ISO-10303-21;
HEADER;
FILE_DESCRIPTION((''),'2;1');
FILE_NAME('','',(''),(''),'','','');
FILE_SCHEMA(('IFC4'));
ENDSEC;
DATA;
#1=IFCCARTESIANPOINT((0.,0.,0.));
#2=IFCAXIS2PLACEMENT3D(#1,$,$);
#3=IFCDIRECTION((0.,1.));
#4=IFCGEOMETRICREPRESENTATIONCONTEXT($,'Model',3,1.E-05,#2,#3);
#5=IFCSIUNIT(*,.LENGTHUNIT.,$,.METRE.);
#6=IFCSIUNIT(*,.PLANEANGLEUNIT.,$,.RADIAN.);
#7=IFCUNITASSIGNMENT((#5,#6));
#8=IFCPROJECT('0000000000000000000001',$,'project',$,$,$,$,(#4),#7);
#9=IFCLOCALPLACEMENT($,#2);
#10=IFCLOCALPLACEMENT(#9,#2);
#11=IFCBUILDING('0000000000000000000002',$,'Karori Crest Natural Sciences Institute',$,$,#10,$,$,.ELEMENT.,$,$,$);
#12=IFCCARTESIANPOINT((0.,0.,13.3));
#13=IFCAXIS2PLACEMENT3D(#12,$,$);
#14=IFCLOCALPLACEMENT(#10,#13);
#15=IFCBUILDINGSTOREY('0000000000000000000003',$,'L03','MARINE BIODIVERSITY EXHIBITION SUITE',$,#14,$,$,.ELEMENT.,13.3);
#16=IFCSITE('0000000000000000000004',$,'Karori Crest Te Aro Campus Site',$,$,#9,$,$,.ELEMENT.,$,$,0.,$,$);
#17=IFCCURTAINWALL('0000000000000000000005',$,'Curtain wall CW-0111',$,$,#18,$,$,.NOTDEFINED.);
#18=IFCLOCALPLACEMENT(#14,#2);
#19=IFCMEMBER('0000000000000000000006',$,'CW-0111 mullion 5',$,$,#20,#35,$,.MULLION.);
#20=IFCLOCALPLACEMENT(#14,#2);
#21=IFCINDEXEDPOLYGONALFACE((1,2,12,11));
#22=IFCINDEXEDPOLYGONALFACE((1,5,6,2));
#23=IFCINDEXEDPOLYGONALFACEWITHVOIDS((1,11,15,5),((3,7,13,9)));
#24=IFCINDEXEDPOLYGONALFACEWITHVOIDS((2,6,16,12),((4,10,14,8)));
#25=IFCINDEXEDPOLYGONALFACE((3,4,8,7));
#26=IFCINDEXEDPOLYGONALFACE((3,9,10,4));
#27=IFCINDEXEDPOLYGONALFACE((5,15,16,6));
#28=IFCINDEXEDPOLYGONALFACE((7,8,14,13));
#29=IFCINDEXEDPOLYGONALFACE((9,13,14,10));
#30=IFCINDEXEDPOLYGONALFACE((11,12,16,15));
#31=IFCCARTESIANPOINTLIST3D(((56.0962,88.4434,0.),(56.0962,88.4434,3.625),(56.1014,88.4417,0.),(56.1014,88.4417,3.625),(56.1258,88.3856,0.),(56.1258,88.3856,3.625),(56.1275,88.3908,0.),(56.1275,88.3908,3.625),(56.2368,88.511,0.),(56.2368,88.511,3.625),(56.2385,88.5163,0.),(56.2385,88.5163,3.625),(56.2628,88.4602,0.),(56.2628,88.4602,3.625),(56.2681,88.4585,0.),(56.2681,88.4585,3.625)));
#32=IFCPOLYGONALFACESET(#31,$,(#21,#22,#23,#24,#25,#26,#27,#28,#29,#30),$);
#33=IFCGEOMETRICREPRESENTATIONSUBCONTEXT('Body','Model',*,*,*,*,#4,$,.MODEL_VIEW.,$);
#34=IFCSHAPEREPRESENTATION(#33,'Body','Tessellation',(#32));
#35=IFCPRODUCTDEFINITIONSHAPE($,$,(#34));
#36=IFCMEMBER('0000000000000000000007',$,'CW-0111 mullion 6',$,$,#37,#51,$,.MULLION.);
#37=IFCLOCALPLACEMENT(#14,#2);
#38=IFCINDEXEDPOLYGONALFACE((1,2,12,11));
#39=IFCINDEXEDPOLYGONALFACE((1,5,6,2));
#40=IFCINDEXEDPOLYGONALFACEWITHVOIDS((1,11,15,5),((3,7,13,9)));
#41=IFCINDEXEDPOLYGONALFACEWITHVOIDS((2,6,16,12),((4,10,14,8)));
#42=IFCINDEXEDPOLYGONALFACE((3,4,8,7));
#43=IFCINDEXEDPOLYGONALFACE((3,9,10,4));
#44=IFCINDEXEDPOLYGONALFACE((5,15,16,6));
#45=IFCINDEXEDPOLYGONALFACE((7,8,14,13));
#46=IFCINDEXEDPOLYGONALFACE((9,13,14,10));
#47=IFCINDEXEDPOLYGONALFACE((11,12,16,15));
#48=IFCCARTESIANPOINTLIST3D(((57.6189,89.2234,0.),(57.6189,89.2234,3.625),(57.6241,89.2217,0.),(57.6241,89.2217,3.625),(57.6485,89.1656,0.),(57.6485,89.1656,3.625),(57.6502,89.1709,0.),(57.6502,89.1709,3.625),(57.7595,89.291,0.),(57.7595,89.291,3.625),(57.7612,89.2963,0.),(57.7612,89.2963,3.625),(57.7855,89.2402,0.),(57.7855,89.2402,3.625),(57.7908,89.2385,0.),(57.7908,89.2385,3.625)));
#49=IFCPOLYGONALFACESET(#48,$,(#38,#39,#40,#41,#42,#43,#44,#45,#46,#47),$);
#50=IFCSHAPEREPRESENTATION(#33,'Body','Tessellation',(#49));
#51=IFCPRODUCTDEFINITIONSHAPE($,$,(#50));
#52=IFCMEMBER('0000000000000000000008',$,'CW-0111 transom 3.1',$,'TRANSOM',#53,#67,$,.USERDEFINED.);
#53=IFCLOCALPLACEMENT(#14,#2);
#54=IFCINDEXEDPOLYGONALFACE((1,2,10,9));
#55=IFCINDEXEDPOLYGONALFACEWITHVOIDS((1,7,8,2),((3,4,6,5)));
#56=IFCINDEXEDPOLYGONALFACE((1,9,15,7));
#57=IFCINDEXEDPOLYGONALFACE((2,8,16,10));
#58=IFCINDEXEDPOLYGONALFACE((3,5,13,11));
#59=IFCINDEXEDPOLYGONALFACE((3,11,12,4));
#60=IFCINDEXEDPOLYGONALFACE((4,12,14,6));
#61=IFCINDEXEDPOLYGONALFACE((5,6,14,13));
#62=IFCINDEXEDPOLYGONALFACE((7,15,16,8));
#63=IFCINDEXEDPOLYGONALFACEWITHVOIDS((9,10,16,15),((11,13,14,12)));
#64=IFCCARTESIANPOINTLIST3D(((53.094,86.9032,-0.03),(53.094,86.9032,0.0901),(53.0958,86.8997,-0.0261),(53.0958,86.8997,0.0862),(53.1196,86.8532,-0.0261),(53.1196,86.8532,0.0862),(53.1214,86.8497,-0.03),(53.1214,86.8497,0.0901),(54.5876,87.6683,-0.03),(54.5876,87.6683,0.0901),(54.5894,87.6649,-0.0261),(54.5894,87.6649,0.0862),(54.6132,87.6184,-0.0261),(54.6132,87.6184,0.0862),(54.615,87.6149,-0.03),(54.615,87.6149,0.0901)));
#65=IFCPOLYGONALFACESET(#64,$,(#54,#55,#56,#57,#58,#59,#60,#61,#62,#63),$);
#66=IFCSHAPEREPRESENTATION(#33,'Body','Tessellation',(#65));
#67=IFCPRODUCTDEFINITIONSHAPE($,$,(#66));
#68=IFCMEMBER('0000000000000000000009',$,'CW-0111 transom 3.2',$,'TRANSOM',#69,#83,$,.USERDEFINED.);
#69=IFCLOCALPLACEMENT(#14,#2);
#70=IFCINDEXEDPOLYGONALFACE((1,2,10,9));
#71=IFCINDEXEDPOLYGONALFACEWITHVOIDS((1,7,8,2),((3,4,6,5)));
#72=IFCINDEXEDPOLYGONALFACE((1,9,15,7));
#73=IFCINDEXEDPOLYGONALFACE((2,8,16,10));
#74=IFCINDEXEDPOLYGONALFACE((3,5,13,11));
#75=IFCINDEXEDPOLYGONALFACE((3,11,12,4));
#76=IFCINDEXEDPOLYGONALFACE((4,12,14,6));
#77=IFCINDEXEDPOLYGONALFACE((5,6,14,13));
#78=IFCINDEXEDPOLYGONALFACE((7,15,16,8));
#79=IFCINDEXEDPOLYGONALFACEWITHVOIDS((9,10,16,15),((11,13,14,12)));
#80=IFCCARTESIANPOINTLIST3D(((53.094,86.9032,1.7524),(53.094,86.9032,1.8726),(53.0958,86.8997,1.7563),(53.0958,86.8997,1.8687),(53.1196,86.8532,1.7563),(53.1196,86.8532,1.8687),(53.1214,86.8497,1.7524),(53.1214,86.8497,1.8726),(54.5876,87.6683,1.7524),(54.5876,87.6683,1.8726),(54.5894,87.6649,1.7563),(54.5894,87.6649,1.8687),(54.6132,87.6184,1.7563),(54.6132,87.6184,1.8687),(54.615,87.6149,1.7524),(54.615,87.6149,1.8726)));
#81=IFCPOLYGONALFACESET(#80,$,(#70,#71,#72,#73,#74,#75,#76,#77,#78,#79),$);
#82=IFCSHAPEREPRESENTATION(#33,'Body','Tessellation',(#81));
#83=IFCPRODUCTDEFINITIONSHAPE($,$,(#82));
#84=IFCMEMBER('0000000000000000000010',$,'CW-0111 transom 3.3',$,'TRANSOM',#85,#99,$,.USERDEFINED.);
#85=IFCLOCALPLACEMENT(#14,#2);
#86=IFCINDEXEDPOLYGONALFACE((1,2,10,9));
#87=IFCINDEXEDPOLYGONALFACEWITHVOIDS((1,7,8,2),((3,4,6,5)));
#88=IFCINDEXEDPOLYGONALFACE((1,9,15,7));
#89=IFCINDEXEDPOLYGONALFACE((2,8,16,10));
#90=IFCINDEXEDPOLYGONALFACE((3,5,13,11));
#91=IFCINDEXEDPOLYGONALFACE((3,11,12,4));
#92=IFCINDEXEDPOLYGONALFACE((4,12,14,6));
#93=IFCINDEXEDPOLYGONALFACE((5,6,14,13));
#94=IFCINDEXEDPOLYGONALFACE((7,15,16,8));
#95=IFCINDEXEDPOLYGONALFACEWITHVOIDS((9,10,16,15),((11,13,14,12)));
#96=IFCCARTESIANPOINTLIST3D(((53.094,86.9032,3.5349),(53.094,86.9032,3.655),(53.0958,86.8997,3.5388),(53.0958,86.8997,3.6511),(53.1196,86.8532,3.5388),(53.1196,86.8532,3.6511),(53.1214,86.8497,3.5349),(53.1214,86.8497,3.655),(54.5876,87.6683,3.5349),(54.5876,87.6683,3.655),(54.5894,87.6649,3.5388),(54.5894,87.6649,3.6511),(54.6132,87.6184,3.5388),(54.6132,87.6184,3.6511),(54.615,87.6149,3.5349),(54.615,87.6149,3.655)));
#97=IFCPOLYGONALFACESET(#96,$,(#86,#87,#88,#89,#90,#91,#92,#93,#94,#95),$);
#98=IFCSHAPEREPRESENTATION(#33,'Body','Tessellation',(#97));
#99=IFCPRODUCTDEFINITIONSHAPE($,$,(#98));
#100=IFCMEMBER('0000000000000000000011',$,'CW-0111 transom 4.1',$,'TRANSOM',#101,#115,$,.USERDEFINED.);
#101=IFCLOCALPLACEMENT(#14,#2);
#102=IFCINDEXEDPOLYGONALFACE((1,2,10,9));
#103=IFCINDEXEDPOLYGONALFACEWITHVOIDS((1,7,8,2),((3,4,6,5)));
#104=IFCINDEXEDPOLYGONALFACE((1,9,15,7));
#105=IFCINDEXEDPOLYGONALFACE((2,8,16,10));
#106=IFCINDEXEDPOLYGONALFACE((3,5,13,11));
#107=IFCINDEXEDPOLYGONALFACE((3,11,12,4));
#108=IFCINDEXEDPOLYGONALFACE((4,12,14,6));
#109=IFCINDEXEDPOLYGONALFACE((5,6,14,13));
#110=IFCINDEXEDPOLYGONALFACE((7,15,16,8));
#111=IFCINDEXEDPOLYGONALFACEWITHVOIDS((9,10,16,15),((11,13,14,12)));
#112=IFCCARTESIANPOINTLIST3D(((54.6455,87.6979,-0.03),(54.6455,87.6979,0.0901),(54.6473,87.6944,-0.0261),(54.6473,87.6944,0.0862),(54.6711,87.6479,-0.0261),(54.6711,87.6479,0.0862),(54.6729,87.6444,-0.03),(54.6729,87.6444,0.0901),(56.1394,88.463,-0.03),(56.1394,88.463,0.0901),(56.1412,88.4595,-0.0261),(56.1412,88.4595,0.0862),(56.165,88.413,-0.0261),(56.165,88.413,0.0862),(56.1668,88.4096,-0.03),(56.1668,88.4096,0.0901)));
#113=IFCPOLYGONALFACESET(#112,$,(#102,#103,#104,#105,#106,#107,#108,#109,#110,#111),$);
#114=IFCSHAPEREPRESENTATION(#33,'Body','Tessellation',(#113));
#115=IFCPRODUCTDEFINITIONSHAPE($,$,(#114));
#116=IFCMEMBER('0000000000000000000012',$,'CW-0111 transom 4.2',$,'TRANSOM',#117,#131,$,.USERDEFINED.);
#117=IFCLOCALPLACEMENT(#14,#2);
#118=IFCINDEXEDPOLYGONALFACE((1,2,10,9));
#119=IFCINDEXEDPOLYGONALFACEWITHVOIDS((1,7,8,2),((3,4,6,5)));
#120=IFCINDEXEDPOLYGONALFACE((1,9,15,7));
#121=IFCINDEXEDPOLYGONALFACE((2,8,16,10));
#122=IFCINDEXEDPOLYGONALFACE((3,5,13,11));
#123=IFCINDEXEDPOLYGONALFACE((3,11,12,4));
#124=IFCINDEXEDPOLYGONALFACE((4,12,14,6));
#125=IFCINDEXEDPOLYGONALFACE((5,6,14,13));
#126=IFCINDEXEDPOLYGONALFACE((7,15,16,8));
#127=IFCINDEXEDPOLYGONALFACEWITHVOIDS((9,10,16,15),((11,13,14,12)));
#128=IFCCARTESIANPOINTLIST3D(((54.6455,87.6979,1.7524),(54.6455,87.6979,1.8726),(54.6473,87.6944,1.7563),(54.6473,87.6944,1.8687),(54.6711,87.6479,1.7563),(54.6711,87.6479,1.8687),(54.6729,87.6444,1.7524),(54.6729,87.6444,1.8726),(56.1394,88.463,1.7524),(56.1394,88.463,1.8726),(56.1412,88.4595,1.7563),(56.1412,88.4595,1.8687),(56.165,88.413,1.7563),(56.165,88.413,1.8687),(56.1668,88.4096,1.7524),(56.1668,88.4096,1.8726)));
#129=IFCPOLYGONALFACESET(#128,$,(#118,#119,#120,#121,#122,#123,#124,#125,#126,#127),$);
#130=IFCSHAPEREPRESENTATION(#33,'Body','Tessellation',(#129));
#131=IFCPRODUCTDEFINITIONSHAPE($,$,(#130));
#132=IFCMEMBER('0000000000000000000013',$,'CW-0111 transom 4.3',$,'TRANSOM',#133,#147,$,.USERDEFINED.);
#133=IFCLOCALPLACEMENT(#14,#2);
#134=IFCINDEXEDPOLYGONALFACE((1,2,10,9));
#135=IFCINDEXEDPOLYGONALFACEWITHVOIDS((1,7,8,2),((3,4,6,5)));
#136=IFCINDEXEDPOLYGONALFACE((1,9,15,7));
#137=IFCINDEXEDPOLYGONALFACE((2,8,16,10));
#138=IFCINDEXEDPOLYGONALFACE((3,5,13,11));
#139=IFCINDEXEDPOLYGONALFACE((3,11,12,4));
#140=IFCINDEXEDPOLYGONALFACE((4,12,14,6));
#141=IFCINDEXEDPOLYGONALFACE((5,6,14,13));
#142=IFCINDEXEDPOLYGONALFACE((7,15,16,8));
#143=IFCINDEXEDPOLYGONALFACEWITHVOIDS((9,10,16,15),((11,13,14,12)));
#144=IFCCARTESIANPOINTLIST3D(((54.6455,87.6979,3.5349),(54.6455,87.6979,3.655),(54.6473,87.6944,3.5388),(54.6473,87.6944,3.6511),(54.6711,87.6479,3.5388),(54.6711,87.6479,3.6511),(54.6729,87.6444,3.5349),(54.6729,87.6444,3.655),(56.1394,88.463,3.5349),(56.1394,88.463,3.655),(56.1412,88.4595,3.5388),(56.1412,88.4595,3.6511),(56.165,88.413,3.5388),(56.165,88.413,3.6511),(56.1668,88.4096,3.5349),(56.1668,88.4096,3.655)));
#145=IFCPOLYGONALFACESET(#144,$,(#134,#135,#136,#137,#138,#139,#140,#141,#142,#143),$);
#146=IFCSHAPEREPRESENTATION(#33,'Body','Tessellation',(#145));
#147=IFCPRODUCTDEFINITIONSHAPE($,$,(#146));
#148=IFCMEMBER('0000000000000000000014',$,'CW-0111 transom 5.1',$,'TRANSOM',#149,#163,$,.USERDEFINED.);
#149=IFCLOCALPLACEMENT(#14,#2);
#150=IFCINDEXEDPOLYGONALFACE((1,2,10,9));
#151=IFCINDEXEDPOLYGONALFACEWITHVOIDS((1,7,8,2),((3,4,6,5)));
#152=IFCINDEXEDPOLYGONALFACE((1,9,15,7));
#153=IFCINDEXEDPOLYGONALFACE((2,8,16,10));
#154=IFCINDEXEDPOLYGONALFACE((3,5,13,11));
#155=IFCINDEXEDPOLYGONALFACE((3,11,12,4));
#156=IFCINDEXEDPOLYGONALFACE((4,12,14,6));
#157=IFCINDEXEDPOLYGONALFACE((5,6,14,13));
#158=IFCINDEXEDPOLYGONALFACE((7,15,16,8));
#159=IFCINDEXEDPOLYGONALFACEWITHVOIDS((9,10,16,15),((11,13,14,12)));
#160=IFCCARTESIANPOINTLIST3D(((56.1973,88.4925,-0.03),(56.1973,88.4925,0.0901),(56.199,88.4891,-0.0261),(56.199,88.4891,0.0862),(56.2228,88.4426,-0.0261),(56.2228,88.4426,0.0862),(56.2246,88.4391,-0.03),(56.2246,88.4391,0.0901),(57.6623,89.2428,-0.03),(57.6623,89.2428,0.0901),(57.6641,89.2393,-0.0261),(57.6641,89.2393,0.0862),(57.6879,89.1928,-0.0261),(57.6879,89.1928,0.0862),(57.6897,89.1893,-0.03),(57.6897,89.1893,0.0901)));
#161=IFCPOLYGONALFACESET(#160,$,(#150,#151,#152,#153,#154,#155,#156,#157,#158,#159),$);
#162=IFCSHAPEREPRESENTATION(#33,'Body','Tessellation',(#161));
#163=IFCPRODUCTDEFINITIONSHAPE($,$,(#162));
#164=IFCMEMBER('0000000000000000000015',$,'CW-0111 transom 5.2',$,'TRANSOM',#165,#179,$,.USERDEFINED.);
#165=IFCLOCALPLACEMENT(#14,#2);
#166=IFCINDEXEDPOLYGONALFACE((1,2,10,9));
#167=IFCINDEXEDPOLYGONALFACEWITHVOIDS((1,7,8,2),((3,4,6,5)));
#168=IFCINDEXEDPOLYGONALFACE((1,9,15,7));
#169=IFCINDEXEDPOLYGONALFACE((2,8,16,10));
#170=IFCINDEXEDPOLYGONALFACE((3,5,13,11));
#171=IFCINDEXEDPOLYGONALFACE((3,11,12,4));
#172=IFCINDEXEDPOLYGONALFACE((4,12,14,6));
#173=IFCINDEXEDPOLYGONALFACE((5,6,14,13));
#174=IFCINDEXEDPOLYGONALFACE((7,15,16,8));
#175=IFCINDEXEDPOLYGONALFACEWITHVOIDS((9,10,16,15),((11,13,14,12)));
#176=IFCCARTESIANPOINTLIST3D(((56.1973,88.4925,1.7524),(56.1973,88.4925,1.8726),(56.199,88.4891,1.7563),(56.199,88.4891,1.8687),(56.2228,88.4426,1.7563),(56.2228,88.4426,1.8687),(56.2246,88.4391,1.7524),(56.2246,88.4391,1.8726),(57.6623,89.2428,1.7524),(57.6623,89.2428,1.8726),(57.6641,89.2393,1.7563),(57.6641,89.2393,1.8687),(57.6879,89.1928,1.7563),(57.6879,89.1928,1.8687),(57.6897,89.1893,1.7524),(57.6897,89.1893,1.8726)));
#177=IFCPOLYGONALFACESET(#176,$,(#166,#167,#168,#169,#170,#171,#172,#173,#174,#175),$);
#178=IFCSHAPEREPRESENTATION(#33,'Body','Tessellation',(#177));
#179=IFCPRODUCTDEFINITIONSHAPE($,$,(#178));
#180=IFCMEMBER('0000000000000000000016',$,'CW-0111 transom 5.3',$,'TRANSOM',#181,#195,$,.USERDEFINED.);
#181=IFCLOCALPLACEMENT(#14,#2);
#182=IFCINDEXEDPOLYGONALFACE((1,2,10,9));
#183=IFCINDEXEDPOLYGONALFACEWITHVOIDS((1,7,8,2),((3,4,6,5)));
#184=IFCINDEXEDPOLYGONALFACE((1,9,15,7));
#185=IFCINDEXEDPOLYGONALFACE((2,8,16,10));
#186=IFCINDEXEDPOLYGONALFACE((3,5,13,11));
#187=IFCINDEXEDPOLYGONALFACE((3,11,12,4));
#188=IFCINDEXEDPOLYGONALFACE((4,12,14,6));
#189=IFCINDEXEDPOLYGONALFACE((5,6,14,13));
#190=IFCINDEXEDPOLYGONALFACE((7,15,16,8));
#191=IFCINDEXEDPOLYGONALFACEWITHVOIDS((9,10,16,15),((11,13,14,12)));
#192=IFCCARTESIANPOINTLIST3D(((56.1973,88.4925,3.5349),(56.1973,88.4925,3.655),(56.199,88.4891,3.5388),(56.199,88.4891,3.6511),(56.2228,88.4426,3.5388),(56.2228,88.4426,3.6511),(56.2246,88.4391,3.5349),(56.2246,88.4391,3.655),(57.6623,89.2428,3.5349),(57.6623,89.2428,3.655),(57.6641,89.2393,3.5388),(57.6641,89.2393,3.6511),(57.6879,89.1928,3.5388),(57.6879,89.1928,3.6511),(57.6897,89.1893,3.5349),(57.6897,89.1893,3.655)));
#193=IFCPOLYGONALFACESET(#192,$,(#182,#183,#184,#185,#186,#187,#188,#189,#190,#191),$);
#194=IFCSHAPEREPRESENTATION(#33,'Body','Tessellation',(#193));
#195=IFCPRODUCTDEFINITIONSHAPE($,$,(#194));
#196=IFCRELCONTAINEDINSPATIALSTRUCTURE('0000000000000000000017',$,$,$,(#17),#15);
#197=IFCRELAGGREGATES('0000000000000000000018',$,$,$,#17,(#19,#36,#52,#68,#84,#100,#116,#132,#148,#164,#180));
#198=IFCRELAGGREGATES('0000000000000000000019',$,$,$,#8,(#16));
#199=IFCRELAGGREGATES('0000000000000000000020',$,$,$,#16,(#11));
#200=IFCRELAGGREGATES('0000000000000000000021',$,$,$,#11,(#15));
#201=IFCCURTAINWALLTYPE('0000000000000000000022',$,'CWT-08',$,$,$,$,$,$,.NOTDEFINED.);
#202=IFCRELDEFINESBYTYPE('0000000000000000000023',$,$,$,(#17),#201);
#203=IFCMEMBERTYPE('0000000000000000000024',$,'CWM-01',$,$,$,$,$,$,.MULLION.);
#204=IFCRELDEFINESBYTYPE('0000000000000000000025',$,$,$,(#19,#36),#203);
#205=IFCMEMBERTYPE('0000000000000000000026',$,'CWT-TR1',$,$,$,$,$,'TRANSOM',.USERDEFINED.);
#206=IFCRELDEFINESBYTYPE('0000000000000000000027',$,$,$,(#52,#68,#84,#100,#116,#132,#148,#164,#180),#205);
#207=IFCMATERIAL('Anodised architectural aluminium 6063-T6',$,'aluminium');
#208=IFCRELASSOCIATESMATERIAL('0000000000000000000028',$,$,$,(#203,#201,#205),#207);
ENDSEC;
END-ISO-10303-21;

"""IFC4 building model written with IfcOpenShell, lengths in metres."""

from ifc_helpers import new_model, si_unit, direction, frame, origin, origin_2d, place, context, subcontext, project, spatial, hollow_rectangle, extrude, material, material_profile, profile_set, type_object, element, aggregate, save


model = new_model("IFC4")

# Units and contexts
model_context = context("Model", 3, precision=1e-05, world=origin(), true_north=direction((0.0, 1.0)))
body_context = subcontext(model_context, "Body", "Model", "MODEL_VIEW")
ifc_project = project(units=[si_unit("LENGTHUNIT", "METRE"), si_unit("PLANEANGLEUNIT", "RADIAN")], contexts=[model_context])

# Site, building, storey
site_placement = place(None, origin())
site = spatial("IfcSite", under=ifc_project, at=site_placement, Name="Karori Crest Te Aro Campus Site", CompositionType="ELEMENT", RefElevation=0.0)
building_placement = place(site_placement, origin())
building = spatial("IfcBuilding", under=site, at=building_placement, Name="Karori Crest Natural Sciences Institute", CompositionType="ELEMENT")
storey_placement = place(building_placement, frame((0.0, 0.0, 13.3)))
storey = spatial("IfcBuildingStorey", under=building, at=storey_placement, Name="L03", Description="MARINE BIODIVERSITY EXHIBITION SUITE", CompositionType="ELEMENT", Elevation=13.3)

# Curtain wall, members
ifc_material_1 = material(Name="Anodised architectural aluminium 6063-T6", Category="aluminium")
ifc_material_profile_1 = material_profile(ifc_material_1, hollow_rectangle(XDim=0.0649, YDim=0.1599, WallThickness=0.0039, at=origin_2d()), Name="CWM160x65x4")
ifc_profile_set_1 = profile_set([ifc_material_profile_1], Name="Anodised architectural aluminium 6063-T6")
member_type_1 = type_object("IfcMemberType", Name="CWM-01", PredefinedType="MULLION", material=ifc_profile_set_1)
curtain_wall_type_1 = type_object("IfcCurtainWallType", Name="CWT-08", PredefinedType="NOTDEFINED", material=ifc_material_1)
curtain_wall_1_placement = place(storey_placement, origin())
curtain_wall_1 = element("IfcCurtainWall", 1, at=curtain_wall_1_placement, inside=storey, type_object=curtain_wall_type_1, Name="Curtain wall CW-0111", PredefinedType="NOTDEFINED")
member_1_placement = place(storey_placement, frame((56.1821, 88.4509, 0.0), z_axis=(0.0, 0.0, 1.0), x_axis=(-0.455829, 0.890067, 0.0)))
member_1 = element("IfcMember", 2, at=member_1_placement, type_object=member_type_1, Name="CW-0111 mullion 5", PredefinedType="MULLION", context=body_context, shape_type="SweptSolid", body=[
    extrude(hollow_rectangle(XDim=0.0649, YDim=0.1599, WallThickness=0.0039, at=origin_2d()), origin(), (0.0, 0.0, 1.0), 3.625),
])
member_2_placement = place(storey_placement, frame((57.7048, 89.231, 0.0), z_axis=(0.0, 0.0, 1.0), x_axis=(-0.455829, 0.890067, 0.0)))
member_2 = element("IfcMember", 3, at=member_2_placement, type_object=member_type_1, Name="CW-0111 mullion 6", PredefinedType="MULLION", context=body_context, shape_type="SweptSolid", body=[
    extrude(hollow_rectangle(XDim=0.0649, YDim=0.1599, WallThickness=0.0039, at=origin_2d()), origin(), (0.0, 0.0, 1.0), 3.625),
])
ifc_material_profile_2 = material_profile(ifc_material_1, hollow_rectangle(XDim=0.0601, YDim=0.1201, WallThickness=0.0039, at=origin_2d()), Name="CWT120x60x4")
ifc_profile_set_2 = profile_set([ifc_material_profile_2], Name="Anodised architectural aluminium 6063-T6")
member_type_2 = type_object("IfcMemberType", Name="CWT-TR1", ElementType="TRANSOM", PredefinedType="USERDEFINED", material=ifc_profile_set_2)
member_3_placement = place(storey_placement, frame((53.1077, 86.8765, 0.03), z_axis=(0.89002, 0.455921, 0.0), x_axis=(-0.455921, 0.89002, 0.0)))
member_3 = element("IfcMember", 4, at=member_3_placement, type_object=member_type_2, Name="CW-0111 transom 3.1", ObjectType="TRANSOM", PredefinedType="USERDEFINED", context=body_context, shape_type="SweptSolid", body=[
    extrude(hollow_rectangle(XDim=0.0601, YDim=0.1201, WallThickness=0.0039, at=origin_2d()), origin(), (0.0, 0.0, 1.0), 1.6782),
])
member_4_placement = place(storey_placement, frame((53.1077, 86.8765, 1.8125), z_axis=(0.89002, 0.455921, 0.0), x_axis=(-0.455921, 0.89002, 0.0)))
member_4 = element("IfcMember", 5, at=member_4_placement, type_object=member_type_2, Name="CW-0111 transom 3.2", ObjectType="TRANSOM", PredefinedType="USERDEFINED", context=body_context, shape_type="SweptSolid", body=[
    extrude(hollow_rectangle(XDim=0.0601, YDim=0.1201, WallThickness=0.0039, at=origin_2d()), origin(), (0.0, 0.0, 1.0), 1.6782),
])
member_5_placement = place(storey_placement, frame((53.1077, 86.8765, 3.595), z_axis=(0.89002, 0.455921, 0.0), x_axis=(-0.455921, 0.89002, 0.0)))
member_5 = element("IfcMember", 6, at=member_5_placement, type_object=member_type_2, Name="CW-0111 transom 3.3", ObjectType="TRANSOM", PredefinedType="USERDEFINED", context=body_context, shape_type="SweptSolid", body=[
    extrude(hollow_rectangle(XDim=0.0601, YDim=0.1201, WallThickness=0.0039, at=origin_2d()), origin(), (0.0, 0.0, 1.0), 1.6782),
])
member_6_placement = place(storey_placement, frame((54.6592, 87.6711, 0.03), z_axis=(0.890051, 0.455862, 0.0), x_axis=(-0.455862, 0.890051, 0.0)))
member_6 = element("IfcMember", 7, at=member_6_placement, type_object=member_type_2, Name="CW-0111 transom 4.1", ObjectType="TRANSOM", PredefinedType="USERDEFINED", context=body_context, shape_type="SweptSolid", body=[
    extrude(hollow_rectangle(XDim=0.0601, YDim=0.1201, WallThickness=0.0039, at=origin_2d()), origin(), (0.0, 0.0, 1.0), 1.6785),
])
member_7_placement = place(storey_placement, frame((54.6592, 87.6711, 1.8125), z_axis=(0.890051, 0.455862, 0.0), x_axis=(-0.455862, 0.890051, 0.0)))
member_7 = element("IfcMember", 8, at=member_7_placement, type_object=member_type_2, Name="CW-0111 transom 4.2", ObjectType="TRANSOM", PredefinedType="USERDEFINED", context=body_context, shape_type="SweptSolid", body=[
    extrude(hollow_rectangle(XDim=0.0601, YDim=0.1201, WallThickness=0.0039, at=origin_2d()), origin(), (0.0, 0.0, 1.0), 1.6785),
])
member_8_placement = place(storey_placement, frame((54.6592, 87.6711, 3.595), z_axis=(0.890051, 0.455862, 0.0), x_axis=(-0.455862, 0.890051, 0.0)))
member_8 = element("IfcMember", 9, at=member_8_placement, type_object=member_type_2, Name="CW-0111 transom 4.3", ObjectType="TRANSOM", PredefinedType="USERDEFINED", context=body_context, shape_type="SweptSolid", body=[
    extrude(hollow_rectangle(XDim=0.0601, YDim=0.1201, WallThickness=0.0039, at=origin_2d()), origin(), (0.0, 0.0, 1.0), 1.6785),
])
member_9_placement = place(storey_placement, frame((56.2109, 88.4658, 0.03), z_axis=(0.890084, 0.455796, 0.0), x_axis=(-0.455796, 0.890084, 0.0)))
member_9 = element("IfcMember", 10, at=member_9_placement, type_object=member_type_2, Name="CW-0111 transom 5.1", ObjectType="TRANSOM", PredefinedType="USERDEFINED", context=body_context, shape_type="SweptSolid", body=[
    extrude(hollow_rectangle(XDim=0.0601, YDim=0.1201, WallThickness=0.0039, at=origin_2d()), origin(), (0.0, 0.0, 1.0), 1.646),
])
member_10_placement = place(storey_placement, frame((56.2109, 88.4658, 1.8125), z_axis=(0.890084, 0.455796, 0.0), x_axis=(-0.455796, 0.890084, 0.0)))
member_10 = element("IfcMember", 11, at=member_10_placement, type_object=member_type_2, Name="CW-0111 transom 5.2", ObjectType="TRANSOM", PredefinedType="USERDEFINED", context=body_context, shape_type="SweptSolid", body=[
    extrude(hollow_rectangle(XDim=0.0601, YDim=0.1201, WallThickness=0.0039, at=origin_2d()), origin(), (0.0, 0.0, 1.0), 1.646),
])
member_11_placement = place(storey_placement, frame((56.2109, 88.4658, 3.595), z_axis=(0.890084, 0.455796, 0.0), x_axis=(-0.455796, 0.890084, 0.0)))
member_11 = element("IfcMember", 12, at=member_11_placement, type_object=member_type_2, Name="CW-0111 transom 5.3", ObjectType="TRANSOM", PredefinedType="USERDEFINED", context=body_context, shape_type="SweptSolid", body=[
    extrude(hollow_rectangle(XDim=0.0601, YDim=0.1201, WallThickness=0.0039, at=origin_2d()), origin(), (0.0, 0.0, 1.0), 1.646),
])

aggregate(curtain_wall_1, [member_1, member_2, member_3, member_4, member_5, member_6, member_7, member_8, member_9, member_10, member_11])

save(model, "model.ifc")
